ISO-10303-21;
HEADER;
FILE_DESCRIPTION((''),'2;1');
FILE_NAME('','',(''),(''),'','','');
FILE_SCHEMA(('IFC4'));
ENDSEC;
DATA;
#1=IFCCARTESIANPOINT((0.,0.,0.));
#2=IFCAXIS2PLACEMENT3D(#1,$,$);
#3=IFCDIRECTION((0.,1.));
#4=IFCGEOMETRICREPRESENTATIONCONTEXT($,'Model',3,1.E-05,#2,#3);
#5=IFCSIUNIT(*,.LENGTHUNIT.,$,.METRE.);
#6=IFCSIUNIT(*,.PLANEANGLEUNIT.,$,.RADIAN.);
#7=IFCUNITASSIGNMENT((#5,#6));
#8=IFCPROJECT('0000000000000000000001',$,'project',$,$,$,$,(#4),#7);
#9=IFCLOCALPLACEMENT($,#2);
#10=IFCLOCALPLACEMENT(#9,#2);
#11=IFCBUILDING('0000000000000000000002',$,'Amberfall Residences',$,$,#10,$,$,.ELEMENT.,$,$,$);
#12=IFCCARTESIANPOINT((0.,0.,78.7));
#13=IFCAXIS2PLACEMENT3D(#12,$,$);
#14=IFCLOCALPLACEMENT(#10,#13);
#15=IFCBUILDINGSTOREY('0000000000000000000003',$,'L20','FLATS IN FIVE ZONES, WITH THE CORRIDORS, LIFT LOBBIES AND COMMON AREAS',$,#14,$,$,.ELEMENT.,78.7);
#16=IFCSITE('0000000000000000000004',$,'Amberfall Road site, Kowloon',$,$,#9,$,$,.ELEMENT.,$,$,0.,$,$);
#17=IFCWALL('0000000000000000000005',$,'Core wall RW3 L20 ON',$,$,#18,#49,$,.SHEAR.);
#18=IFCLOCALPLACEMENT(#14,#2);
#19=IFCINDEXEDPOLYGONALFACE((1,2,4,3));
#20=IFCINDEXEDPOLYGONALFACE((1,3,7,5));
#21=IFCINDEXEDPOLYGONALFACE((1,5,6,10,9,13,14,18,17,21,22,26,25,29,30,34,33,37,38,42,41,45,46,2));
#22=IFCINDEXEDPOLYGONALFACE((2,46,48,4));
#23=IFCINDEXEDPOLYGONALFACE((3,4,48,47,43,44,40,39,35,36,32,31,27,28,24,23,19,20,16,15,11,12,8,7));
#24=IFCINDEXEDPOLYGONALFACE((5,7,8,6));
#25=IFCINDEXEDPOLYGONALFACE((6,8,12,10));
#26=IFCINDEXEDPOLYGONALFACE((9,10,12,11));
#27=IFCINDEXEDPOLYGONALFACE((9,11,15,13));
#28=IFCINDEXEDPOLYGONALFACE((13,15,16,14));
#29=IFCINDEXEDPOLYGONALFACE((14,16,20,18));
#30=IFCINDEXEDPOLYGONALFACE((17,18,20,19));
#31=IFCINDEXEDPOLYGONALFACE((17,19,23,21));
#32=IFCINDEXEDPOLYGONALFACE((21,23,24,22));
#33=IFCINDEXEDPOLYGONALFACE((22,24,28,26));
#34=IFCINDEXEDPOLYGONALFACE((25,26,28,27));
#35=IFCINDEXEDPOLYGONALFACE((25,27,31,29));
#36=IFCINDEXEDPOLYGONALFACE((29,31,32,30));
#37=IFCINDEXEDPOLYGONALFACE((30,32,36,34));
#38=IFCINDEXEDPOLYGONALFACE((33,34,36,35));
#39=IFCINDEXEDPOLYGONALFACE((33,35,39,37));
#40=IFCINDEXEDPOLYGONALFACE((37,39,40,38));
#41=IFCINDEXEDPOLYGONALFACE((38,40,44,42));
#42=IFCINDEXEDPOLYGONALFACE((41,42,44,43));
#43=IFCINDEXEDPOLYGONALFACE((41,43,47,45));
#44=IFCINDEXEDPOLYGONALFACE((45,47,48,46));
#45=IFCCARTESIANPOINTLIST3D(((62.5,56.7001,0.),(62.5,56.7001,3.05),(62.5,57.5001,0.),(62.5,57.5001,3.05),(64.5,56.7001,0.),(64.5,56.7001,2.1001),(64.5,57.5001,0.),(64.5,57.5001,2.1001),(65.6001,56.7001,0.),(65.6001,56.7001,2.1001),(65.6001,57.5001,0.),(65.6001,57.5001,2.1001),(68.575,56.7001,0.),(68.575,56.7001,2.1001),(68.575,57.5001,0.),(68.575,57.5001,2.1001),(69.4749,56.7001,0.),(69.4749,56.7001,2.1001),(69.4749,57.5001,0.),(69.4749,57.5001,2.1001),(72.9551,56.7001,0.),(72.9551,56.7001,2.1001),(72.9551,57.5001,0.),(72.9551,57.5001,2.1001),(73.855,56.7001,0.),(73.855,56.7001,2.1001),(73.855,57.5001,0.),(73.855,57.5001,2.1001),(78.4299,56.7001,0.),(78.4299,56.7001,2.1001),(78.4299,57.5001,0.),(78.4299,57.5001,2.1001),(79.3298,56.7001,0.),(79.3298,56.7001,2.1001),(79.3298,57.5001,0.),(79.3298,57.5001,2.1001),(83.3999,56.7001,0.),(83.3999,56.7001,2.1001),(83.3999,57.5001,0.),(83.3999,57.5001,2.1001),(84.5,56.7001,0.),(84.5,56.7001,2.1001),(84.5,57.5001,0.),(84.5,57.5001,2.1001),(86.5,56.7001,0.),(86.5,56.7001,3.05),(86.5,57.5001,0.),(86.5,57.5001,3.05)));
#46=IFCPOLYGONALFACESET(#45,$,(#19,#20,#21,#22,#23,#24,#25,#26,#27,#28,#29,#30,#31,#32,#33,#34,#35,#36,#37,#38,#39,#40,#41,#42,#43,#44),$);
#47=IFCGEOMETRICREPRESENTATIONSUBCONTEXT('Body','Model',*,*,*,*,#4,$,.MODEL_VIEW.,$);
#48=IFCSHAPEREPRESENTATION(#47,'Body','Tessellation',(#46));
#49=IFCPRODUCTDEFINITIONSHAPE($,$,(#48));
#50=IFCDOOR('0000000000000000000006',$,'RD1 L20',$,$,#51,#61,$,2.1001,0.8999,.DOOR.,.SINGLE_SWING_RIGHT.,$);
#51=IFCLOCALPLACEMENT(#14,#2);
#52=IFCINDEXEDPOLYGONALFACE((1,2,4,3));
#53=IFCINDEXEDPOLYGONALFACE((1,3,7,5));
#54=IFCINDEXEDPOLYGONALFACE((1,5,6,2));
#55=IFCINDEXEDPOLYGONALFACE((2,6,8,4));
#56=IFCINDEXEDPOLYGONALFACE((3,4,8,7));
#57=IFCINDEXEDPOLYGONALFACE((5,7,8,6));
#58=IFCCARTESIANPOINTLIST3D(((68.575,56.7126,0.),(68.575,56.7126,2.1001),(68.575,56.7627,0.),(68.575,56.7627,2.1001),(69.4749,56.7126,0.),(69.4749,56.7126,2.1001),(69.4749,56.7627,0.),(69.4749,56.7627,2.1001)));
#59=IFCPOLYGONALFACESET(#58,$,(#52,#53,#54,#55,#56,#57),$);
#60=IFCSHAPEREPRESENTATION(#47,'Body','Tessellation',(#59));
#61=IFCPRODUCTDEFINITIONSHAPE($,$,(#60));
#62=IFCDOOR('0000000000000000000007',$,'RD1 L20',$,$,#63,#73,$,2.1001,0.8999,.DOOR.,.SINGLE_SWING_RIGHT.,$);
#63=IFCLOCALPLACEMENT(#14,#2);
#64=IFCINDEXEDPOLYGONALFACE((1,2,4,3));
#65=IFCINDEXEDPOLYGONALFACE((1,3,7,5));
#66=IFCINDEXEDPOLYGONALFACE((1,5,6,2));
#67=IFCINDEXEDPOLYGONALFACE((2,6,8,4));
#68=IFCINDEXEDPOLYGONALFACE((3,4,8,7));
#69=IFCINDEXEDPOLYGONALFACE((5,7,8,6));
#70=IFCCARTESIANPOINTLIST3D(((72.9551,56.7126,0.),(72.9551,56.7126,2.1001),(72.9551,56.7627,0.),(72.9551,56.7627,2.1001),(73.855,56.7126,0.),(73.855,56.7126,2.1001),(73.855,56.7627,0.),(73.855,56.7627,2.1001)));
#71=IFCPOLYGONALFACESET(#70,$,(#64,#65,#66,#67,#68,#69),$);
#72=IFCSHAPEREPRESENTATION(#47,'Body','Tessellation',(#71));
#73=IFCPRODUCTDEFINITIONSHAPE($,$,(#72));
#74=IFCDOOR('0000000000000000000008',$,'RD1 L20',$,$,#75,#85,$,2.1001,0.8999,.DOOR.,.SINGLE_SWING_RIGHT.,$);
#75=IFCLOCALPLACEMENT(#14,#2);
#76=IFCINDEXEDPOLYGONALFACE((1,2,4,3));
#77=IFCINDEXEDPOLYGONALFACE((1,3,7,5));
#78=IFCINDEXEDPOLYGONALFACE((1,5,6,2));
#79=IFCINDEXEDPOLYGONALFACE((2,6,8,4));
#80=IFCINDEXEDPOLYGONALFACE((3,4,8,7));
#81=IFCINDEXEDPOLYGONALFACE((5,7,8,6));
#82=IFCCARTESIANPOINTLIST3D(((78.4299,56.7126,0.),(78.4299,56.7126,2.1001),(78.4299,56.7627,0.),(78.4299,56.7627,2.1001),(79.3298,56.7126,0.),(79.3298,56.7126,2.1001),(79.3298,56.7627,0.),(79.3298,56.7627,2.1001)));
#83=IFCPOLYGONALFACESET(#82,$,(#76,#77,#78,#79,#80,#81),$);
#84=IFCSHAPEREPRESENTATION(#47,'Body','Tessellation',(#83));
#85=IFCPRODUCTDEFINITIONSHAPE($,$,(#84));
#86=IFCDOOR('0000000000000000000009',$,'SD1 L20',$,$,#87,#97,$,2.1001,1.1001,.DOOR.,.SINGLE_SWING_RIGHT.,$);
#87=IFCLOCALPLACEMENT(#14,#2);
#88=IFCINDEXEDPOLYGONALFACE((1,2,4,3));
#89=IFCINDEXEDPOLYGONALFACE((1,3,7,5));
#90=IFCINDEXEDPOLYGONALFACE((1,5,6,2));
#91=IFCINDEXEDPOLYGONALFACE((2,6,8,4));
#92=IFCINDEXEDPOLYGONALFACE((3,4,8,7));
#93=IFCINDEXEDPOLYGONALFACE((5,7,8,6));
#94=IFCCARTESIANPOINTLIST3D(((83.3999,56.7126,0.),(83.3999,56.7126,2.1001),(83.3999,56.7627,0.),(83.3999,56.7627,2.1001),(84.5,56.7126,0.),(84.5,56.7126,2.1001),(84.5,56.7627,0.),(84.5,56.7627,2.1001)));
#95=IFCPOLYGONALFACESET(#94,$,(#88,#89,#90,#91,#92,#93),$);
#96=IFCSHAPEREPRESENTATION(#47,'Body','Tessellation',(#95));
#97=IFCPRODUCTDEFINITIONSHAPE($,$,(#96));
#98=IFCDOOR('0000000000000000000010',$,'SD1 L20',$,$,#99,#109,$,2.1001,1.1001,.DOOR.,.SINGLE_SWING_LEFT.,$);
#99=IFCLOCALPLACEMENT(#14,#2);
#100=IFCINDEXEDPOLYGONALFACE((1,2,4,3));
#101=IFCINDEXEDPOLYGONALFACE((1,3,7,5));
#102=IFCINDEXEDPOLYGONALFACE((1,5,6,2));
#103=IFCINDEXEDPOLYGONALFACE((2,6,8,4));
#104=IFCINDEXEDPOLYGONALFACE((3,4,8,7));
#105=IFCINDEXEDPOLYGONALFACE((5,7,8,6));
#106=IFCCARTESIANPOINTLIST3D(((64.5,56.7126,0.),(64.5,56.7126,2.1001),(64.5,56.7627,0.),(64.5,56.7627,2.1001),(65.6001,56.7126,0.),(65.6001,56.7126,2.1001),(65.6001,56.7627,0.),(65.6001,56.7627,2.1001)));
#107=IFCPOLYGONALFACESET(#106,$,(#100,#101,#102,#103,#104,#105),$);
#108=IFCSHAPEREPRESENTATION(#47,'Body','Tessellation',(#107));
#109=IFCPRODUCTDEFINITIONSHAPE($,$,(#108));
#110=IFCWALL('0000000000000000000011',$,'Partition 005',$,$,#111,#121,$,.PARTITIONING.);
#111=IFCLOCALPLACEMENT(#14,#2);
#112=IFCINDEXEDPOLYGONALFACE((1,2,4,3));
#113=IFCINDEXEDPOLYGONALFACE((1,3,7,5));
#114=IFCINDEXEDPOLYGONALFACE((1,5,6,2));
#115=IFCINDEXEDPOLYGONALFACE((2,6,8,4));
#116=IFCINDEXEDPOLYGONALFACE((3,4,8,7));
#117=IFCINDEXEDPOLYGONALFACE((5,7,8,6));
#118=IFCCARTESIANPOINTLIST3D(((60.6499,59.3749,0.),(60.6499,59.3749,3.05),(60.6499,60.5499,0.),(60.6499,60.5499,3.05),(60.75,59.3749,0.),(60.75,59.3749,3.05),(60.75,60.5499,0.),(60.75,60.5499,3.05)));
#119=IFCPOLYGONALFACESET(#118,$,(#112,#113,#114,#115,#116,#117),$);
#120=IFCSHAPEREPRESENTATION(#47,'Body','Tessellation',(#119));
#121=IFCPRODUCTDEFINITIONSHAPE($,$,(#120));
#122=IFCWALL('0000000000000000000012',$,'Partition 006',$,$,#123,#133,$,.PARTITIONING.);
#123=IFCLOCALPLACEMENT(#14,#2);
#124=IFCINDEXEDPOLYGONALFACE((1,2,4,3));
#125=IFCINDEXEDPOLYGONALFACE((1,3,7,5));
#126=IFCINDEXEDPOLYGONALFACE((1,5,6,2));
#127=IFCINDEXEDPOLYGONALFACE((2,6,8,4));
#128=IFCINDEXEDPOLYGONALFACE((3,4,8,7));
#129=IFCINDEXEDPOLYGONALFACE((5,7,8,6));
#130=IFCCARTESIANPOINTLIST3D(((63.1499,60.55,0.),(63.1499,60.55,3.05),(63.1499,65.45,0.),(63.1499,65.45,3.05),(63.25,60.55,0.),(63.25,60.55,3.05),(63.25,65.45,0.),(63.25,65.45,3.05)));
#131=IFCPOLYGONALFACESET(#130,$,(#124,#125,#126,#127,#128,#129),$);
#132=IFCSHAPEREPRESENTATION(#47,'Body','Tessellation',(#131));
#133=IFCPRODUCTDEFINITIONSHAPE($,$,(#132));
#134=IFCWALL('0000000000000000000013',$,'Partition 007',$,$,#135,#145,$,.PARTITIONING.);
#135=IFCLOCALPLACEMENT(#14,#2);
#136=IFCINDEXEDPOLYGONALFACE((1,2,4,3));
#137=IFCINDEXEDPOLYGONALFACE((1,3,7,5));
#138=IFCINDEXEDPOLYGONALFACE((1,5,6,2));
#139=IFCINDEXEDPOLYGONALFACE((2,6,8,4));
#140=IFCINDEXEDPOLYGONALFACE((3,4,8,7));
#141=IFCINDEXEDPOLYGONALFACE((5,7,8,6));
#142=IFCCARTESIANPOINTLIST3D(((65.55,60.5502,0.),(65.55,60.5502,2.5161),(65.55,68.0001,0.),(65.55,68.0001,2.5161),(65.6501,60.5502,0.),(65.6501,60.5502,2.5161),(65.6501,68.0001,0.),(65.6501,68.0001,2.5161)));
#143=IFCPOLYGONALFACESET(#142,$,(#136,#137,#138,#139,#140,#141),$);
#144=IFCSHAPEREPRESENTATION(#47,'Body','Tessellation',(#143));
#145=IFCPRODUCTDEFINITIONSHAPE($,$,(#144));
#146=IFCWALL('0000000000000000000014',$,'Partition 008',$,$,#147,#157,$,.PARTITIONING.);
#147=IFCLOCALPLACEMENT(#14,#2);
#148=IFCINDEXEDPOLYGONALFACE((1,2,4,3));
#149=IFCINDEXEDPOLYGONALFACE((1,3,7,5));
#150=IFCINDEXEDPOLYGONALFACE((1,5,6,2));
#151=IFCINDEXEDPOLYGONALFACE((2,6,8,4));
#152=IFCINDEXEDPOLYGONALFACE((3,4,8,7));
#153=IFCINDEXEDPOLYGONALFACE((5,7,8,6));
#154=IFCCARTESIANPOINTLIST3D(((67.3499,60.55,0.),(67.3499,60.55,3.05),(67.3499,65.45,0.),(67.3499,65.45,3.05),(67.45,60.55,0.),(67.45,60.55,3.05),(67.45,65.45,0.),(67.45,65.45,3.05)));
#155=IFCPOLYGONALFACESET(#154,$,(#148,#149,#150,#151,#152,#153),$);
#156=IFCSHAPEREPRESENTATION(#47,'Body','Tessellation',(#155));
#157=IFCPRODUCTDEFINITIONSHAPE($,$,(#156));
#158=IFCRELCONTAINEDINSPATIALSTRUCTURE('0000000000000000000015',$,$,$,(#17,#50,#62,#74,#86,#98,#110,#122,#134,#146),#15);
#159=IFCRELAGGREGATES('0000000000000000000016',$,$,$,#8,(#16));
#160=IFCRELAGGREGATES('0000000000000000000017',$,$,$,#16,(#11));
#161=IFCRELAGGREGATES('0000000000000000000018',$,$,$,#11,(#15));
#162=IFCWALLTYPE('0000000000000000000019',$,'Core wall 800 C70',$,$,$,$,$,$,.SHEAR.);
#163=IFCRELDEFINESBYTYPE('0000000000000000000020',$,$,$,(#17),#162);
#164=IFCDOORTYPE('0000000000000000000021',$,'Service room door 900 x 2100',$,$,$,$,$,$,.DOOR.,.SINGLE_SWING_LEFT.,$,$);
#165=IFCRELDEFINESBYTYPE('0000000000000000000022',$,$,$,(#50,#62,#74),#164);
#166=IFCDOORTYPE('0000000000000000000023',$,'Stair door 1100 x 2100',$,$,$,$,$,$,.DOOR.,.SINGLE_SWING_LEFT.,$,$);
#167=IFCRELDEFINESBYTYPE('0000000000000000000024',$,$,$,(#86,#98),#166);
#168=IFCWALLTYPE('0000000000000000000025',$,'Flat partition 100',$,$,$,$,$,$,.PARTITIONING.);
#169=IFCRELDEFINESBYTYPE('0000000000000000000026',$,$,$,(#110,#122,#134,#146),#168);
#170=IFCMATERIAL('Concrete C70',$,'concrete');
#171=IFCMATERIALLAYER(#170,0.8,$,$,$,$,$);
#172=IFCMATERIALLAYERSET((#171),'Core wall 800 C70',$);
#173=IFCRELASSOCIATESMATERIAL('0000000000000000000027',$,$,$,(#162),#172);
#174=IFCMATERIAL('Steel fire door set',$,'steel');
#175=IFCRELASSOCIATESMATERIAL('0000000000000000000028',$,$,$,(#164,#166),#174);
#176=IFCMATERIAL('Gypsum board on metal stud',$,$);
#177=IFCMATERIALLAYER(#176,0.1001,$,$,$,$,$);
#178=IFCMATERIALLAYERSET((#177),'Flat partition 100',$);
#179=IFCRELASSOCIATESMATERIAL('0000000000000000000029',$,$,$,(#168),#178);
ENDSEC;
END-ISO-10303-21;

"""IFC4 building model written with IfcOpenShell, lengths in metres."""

from ifc_helpers import new_model, si_unit, direction, frame, frame_2d, origin, place, context, subcontext, project, spatial, rectangle, extrude, material, layer, layer_set, type_object, element, fill, save


model = new_model("IFC4")

# Units and contexts
model_context = context("Model", 3, precision=1e-05, world=origin(), true_north=direction((0.0, 1.0)))
body_context = subcontext(model_context, "Body", "Model", "MODEL_VIEW")
ifc_project = project(units=[si_unit("LENGTHUNIT", "METRE"), si_unit("PLANEANGLEUNIT", "RADIAN")], contexts=[model_context])

# Site, building, storey
site_placement = place(None, origin())
site = spatial("IfcSite", under=ifc_project, at=site_placement, Name="Amberfall Road site, Kowloon", CompositionType="ELEMENT", RefElevation=0.0)
building_placement = place(site_placement, origin())
building = spatial("IfcBuilding", under=site, at=building_placement, Name="Amberfall Residences", CompositionType="ELEMENT")
storey_placement = place(building_placement, frame((0.0, 0.0, 78.7)))
storey = spatial("IfcBuildingStorey", under=building, at=storey_placement, Name="L20", Description="FLATS IN FIVE ZONES, WITH THE CORRIDORS, LIFT LOBBIES AND COMMON AREAS", CompositionType="ELEMENT", Elevation=78.7)

# Wall, openings, doors
ifc_material_1 = material(Name="Concrete C70", Category="concrete")
ifc_layer_1 = layer(ifc_material_1, 0.8)
ifc_layer_set_1 = layer_set([ifc_layer_1], Name="Core wall 800 C70")
wall_type_1 = type_object("IfcWallType", Name="Core wall 800 C70", PredefinedType="SHEAR", material=ifc_layer_set_1)
wall_1_placement = place(storey_placement, frame((62.5, 57.1001, 0.0), z_axis=(0.0, 0.0, 1.0), x_axis=(1.0, 0.0, 0.0)))
wall_1 = element("IfcWall", 1, at=wall_1_placement, inside=storey, type_object=wall_type_1, Name="Core wall RW3 L20 ON", PredefinedType="SHEAR", context=body_context, shape_type="SweptSolid", body=[
    extrude(rectangle(XDim=24.0, YDim=0.8, at=frame_2d((12.0, 0.0))), origin(), (0.0, 0.0, 1.0), 3.05),
])
opening_1_placement = place(wall_1_placement, frame((20.8999, 0.0, 0.0)))
opening_1 = element("IfcOpeningElement", 2, at=opening_1_placement, cuts=wall_1, PredefinedType="OPENING", context=body_context, shape_type="SweptSolid", body=[
    extrude(rectangle(XDim=1.1001, YDim=2.1001, at=frame_2d((0.55, 1.05))), frame((0.0, 0.4099, 0.0), z_axis=(0.0, -1.0, 0.0), x_axis=(1.0, 0.0, 0.0)), (0.0, 0.0, 1.0), 0.8201),
])
opening_2_placement = place(wall_1_placement, frame((2.0, 0.0, 0.0)))
opening_2 = element("IfcOpeningElement", 3, at=opening_2_placement, cuts=wall_1, PredefinedType="OPENING", context=body_context, shape_type="SweptSolid", body=[
    extrude(rectangle(XDim=1.1001, YDim=2.1001, at=frame_2d((0.55, 1.05))), frame((0.0, 0.4099, 0.0), z_axis=(0.0, -1.0, 0.0), x_axis=(1.0, 0.0, 0.0)), (0.0, 0.0, 1.0), 0.8201),
])
opening_3_placement = place(wall_1_placement, frame((6.075, 0.0, 0.0)))
opening_3 = element("IfcOpeningElement", 4, at=opening_3_placement, cuts=wall_1, PredefinedType="OPENING", context=body_context, shape_type="SweptSolid", body=[
    extrude(rectangle(XDim=0.8999, YDim=2.1001, at=frame_2d((0.45, 1.05))), frame((0.0, 0.4099, 0.0), z_axis=(0.0, -1.0, 0.0), x_axis=(1.0, 0.0, 0.0)), (0.0, 0.0, 1.0), 0.8201),
])
opening_4_placement = place(wall_1_placement, frame((10.4551, 0.0, 0.0)))
opening_4 = element("IfcOpeningElement", 5, at=opening_4_placement, cuts=wall_1, PredefinedType="OPENING", context=body_context, shape_type="SweptSolid", body=[
    extrude(rectangle(XDim=0.8999, YDim=2.1001, at=frame_2d((0.45, 1.05))), frame((0.0, 0.4099, 0.0), z_axis=(0.0, -1.0, 0.0), x_axis=(1.0, 0.0, 0.0)), (0.0, 0.0, 1.0), 0.8201),
])
opening_5_placement = place(wall_1_placement, frame((15.9299, 0.0, 0.0)))
opening_5 = element("IfcOpeningElement", 6, at=opening_5_placement, cuts=wall_1, PredefinedType="OPENING", context=body_context, shape_type="SweptSolid", body=[
    extrude(rectangle(XDim=0.8999, YDim=2.1001, at=frame_2d((0.45, 1.05))), frame((0.0, 0.4099, 0.0), z_axis=(0.0, -1.0, 0.0), x_axis=(1.0, 0.0, 0.0)), (0.0, 0.0, 1.0), 0.8201),
])
ifc_material_2 = material(Name="Steel fire door set", Category="steel")
door_type_1 = type_object("IfcDoorType", Name="Service room door 900 x 2100", OperationType="SINGLE_SWING_LEFT", PredefinedType="DOOR", material=ifc_material_2)
door_1_placement = place(opening_3_placement, origin())
door_1 = element("IfcDoor", 7, at=door_1_placement, inside=storey, type_object=door_type_1, Name="RD1 L20", OperationType="SINGLE_SWING_RIGHT", OverallHeight=2.1001, OverallWidth=0.8999, PredefinedType="DOOR", context=body_context, shape_type="SweptSolid", body=[
    extrude(rectangle(XDim=0.8999, YDim=2.1001, at=frame_2d((0.45, 1.05))), frame((0.0, -0.3374, 0.0), z_axis=(0.0, -1.0, 0.0), x_axis=(1.0, 0.0, 0.0)), (0.0, 0.0, 1.0), 0.05),
])
fill(opening_3, door_1)
door_2_placement = place(opening_4_placement, origin())
door_2 = element("IfcDoor", 8, at=door_2_placement, inside=storey, type_object=door_type_1, Name="RD1 L20", OperationType="SINGLE_SWING_RIGHT", OverallHeight=2.1001, OverallWidth=0.8999, PredefinedType="DOOR", context=body_context, shape_type="SweptSolid", body=[
    extrude(rectangle(XDim=0.8999, YDim=2.1001, at=frame_2d((0.45, 1.05))), frame((0.0, -0.3374, 0.0), z_axis=(0.0, -1.0, 0.0), x_axis=(1.0, 0.0, 0.0)), (0.0, 0.0, 1.0), 0.05),
])
fill(opening_4, door_2)
door_3_placement = place(opening_5_placement, origin())
door_3 = element("IfcDoor", 9, at=door_3_placement, inside=storey, type_object=door_type_1, Name="RD1 L20", OperationType="SINGLE_SWING_RIGHT", OverallHeight=2.1001, OverallWidth=0.8999, PredefinedType="DOOR", context=body_context, shape_type="SweptSolid", body=[
    extrude(rectangle(XDim=0.8999, YDim=2.1001, at=frame_2d((0.45, 1.05))), frame((0.0, -0.3374, 0.0), z_axis=(0.0, -1.0, 0.0), x_axis=(1.0, 0.0, 0.0)), (0.0, 0.0, 1.0), 0.05),
])
fill(opening_5, door_3)
door_type_2 = type_object("IfcDoorType", Name="Stair door 1100 x 2100", OperationType="SINGLE_SWING_LEFT", PredefinedType="DOOR", material=ifc_material_2)
door_4_placement = place(opening_1_placement, origin())
door_4 = element("IfcDoor", 10, at=door_4_placement, inside=storey, type_object=door_type_2, Name="SD1 L20", OperationType="SINGLE_SWING_RIGHT", OverallHeight=2.1001, OverallWidth=1.1001, PredefinedType="DOOR", context=body_context, shape_type="SweptSolid", body=[
    extrude(rectangle(XDim=1.1001, YDim=2.1001, at=frame_2d((0.55, 1.05))), frame((0.0, -0.3374, 0.0), z_axis=(0.0, -1.0, 0.0), x_axis=(1.0, 0.0, 0.0)), (0.0, 0.0, 1.0), 0.05),
])
fill(opening_1, door_4)
door_5_placement = place(opening_2_placement, origin())
door_5 = element("IfcDoor", 11, at=door_5_placement, inside=storey, type_object=door_type_2, Name="SD1 L20", OperationType="SINGLE_SWING_LEFT", OverallHeight=2.1001, OverallWidth=1.1001, PredefinedType="DOOR", context=body_context, shape_type="SweptSolid", body=[
    extrude(rectangle(XDim=1.1001, YDim=2.1001, at=frame_2d((0.55, 1.05))), frame((0.0, -0.3374, 0.0), z_axis=(0.0, -1.0, 0.0), x_axis=(1.0, 0.0, 0.0)), (0.0, 0.0, 1.0), 0.05),
])
fill(opening_2, door_5)

# Walls
ifc_material_3 = material(Name="Gypsum board on metal stud")
ifc_layer_2 = layer(ifc_material_3, 0.1001)
ifc_layer_set_2 = layer_set([ifc_layer_2], Name="Flat partition 100")
wall_type_2 = type_object("IfcWallType", Name="Flat partition 100", PredefinedType="PARTITIONING", material=ifc_layer_set_2)
wall_2_placement = place(storey_placement, frame((60.7, 59.375, 0.0), z_axis=(0.0, 0.0, 1.0), x_axis=(0.0, 1.0, 0.0)))
element("IfcWall", 12, at=wall_2_placement, inside=storey, type_object=wall_type_2, Name="Partition 005", PredefinedType="PARTITIONING", context=body_context, shape_type="SweptSolid", body=[
    extrude(rectangle(XDim=1.175, YDim=0.1001, at=frame_2d((0.5874, 0.0))), origin(), (0.0, 0.0, 1.0), 3.05),
])
wall_3_placement = place(storey_placement, frame((63.2, 60.55, 0.0), z_axis=(0.0, 0.0, 1.0), x_axis=(0.0, 1.0, 0.0)))
element("IfcWall", 13, at=wall_3_placement, inside=storey, type_object=wall_type_2, Name="Partition 006", PredefinedType="PARTITIONING", context=body_context, shape_type="SweptSolid", body=[
    extrude(rectangle(XDim=4.8999, YDim=0.1001, at=frame_2d((2.45, 0.0))), origin(), (0.0, 0.0, 1.0), 3.05),
])
wall_4_placement = place(storey_placement, frame((65.6001, 60.55, 0.0), z_axis=(0.0, 0.0, 1.0), x_axis=(0.0, 1.0, 0.0)))
element("IfcWall", 14, at=wall_4_placement, inside=storey, type_object=wall_type_2, Name="Partition 007", PredefinedType="PARTITIONING", context=body_context, shape_type="SweptSolid", body=[
    extrude(rectangle(XDim=7.45, YDim=0.1001, at=frame_2d((3.7251, 0.0))), origin(), (0.0, 0.0, 1.0), 2.5161),
])
wall_5_placement = place(storey_placement, frame((67.3999, 60.55, 0.0), z_axis=(0.0, 0.0, 1.0), x_axis=(0.0, 1.0, 0.0)))
element("IfcWall", 15, at=wall_5_placement, inside=storey, type_object=wall_type_2, Name="Partition 008", PredefinedType="PARTITIONING", context=body_context, shape_type="SweptSolid", body=[
    extrude(rectangle(XDim=4.8999, YDim=0.1001, at=frame_2d((2.45, 0.0))), origin(), (0.0, 0.0, 1.0), 3.05),
])

save(model, "model.ifc")
